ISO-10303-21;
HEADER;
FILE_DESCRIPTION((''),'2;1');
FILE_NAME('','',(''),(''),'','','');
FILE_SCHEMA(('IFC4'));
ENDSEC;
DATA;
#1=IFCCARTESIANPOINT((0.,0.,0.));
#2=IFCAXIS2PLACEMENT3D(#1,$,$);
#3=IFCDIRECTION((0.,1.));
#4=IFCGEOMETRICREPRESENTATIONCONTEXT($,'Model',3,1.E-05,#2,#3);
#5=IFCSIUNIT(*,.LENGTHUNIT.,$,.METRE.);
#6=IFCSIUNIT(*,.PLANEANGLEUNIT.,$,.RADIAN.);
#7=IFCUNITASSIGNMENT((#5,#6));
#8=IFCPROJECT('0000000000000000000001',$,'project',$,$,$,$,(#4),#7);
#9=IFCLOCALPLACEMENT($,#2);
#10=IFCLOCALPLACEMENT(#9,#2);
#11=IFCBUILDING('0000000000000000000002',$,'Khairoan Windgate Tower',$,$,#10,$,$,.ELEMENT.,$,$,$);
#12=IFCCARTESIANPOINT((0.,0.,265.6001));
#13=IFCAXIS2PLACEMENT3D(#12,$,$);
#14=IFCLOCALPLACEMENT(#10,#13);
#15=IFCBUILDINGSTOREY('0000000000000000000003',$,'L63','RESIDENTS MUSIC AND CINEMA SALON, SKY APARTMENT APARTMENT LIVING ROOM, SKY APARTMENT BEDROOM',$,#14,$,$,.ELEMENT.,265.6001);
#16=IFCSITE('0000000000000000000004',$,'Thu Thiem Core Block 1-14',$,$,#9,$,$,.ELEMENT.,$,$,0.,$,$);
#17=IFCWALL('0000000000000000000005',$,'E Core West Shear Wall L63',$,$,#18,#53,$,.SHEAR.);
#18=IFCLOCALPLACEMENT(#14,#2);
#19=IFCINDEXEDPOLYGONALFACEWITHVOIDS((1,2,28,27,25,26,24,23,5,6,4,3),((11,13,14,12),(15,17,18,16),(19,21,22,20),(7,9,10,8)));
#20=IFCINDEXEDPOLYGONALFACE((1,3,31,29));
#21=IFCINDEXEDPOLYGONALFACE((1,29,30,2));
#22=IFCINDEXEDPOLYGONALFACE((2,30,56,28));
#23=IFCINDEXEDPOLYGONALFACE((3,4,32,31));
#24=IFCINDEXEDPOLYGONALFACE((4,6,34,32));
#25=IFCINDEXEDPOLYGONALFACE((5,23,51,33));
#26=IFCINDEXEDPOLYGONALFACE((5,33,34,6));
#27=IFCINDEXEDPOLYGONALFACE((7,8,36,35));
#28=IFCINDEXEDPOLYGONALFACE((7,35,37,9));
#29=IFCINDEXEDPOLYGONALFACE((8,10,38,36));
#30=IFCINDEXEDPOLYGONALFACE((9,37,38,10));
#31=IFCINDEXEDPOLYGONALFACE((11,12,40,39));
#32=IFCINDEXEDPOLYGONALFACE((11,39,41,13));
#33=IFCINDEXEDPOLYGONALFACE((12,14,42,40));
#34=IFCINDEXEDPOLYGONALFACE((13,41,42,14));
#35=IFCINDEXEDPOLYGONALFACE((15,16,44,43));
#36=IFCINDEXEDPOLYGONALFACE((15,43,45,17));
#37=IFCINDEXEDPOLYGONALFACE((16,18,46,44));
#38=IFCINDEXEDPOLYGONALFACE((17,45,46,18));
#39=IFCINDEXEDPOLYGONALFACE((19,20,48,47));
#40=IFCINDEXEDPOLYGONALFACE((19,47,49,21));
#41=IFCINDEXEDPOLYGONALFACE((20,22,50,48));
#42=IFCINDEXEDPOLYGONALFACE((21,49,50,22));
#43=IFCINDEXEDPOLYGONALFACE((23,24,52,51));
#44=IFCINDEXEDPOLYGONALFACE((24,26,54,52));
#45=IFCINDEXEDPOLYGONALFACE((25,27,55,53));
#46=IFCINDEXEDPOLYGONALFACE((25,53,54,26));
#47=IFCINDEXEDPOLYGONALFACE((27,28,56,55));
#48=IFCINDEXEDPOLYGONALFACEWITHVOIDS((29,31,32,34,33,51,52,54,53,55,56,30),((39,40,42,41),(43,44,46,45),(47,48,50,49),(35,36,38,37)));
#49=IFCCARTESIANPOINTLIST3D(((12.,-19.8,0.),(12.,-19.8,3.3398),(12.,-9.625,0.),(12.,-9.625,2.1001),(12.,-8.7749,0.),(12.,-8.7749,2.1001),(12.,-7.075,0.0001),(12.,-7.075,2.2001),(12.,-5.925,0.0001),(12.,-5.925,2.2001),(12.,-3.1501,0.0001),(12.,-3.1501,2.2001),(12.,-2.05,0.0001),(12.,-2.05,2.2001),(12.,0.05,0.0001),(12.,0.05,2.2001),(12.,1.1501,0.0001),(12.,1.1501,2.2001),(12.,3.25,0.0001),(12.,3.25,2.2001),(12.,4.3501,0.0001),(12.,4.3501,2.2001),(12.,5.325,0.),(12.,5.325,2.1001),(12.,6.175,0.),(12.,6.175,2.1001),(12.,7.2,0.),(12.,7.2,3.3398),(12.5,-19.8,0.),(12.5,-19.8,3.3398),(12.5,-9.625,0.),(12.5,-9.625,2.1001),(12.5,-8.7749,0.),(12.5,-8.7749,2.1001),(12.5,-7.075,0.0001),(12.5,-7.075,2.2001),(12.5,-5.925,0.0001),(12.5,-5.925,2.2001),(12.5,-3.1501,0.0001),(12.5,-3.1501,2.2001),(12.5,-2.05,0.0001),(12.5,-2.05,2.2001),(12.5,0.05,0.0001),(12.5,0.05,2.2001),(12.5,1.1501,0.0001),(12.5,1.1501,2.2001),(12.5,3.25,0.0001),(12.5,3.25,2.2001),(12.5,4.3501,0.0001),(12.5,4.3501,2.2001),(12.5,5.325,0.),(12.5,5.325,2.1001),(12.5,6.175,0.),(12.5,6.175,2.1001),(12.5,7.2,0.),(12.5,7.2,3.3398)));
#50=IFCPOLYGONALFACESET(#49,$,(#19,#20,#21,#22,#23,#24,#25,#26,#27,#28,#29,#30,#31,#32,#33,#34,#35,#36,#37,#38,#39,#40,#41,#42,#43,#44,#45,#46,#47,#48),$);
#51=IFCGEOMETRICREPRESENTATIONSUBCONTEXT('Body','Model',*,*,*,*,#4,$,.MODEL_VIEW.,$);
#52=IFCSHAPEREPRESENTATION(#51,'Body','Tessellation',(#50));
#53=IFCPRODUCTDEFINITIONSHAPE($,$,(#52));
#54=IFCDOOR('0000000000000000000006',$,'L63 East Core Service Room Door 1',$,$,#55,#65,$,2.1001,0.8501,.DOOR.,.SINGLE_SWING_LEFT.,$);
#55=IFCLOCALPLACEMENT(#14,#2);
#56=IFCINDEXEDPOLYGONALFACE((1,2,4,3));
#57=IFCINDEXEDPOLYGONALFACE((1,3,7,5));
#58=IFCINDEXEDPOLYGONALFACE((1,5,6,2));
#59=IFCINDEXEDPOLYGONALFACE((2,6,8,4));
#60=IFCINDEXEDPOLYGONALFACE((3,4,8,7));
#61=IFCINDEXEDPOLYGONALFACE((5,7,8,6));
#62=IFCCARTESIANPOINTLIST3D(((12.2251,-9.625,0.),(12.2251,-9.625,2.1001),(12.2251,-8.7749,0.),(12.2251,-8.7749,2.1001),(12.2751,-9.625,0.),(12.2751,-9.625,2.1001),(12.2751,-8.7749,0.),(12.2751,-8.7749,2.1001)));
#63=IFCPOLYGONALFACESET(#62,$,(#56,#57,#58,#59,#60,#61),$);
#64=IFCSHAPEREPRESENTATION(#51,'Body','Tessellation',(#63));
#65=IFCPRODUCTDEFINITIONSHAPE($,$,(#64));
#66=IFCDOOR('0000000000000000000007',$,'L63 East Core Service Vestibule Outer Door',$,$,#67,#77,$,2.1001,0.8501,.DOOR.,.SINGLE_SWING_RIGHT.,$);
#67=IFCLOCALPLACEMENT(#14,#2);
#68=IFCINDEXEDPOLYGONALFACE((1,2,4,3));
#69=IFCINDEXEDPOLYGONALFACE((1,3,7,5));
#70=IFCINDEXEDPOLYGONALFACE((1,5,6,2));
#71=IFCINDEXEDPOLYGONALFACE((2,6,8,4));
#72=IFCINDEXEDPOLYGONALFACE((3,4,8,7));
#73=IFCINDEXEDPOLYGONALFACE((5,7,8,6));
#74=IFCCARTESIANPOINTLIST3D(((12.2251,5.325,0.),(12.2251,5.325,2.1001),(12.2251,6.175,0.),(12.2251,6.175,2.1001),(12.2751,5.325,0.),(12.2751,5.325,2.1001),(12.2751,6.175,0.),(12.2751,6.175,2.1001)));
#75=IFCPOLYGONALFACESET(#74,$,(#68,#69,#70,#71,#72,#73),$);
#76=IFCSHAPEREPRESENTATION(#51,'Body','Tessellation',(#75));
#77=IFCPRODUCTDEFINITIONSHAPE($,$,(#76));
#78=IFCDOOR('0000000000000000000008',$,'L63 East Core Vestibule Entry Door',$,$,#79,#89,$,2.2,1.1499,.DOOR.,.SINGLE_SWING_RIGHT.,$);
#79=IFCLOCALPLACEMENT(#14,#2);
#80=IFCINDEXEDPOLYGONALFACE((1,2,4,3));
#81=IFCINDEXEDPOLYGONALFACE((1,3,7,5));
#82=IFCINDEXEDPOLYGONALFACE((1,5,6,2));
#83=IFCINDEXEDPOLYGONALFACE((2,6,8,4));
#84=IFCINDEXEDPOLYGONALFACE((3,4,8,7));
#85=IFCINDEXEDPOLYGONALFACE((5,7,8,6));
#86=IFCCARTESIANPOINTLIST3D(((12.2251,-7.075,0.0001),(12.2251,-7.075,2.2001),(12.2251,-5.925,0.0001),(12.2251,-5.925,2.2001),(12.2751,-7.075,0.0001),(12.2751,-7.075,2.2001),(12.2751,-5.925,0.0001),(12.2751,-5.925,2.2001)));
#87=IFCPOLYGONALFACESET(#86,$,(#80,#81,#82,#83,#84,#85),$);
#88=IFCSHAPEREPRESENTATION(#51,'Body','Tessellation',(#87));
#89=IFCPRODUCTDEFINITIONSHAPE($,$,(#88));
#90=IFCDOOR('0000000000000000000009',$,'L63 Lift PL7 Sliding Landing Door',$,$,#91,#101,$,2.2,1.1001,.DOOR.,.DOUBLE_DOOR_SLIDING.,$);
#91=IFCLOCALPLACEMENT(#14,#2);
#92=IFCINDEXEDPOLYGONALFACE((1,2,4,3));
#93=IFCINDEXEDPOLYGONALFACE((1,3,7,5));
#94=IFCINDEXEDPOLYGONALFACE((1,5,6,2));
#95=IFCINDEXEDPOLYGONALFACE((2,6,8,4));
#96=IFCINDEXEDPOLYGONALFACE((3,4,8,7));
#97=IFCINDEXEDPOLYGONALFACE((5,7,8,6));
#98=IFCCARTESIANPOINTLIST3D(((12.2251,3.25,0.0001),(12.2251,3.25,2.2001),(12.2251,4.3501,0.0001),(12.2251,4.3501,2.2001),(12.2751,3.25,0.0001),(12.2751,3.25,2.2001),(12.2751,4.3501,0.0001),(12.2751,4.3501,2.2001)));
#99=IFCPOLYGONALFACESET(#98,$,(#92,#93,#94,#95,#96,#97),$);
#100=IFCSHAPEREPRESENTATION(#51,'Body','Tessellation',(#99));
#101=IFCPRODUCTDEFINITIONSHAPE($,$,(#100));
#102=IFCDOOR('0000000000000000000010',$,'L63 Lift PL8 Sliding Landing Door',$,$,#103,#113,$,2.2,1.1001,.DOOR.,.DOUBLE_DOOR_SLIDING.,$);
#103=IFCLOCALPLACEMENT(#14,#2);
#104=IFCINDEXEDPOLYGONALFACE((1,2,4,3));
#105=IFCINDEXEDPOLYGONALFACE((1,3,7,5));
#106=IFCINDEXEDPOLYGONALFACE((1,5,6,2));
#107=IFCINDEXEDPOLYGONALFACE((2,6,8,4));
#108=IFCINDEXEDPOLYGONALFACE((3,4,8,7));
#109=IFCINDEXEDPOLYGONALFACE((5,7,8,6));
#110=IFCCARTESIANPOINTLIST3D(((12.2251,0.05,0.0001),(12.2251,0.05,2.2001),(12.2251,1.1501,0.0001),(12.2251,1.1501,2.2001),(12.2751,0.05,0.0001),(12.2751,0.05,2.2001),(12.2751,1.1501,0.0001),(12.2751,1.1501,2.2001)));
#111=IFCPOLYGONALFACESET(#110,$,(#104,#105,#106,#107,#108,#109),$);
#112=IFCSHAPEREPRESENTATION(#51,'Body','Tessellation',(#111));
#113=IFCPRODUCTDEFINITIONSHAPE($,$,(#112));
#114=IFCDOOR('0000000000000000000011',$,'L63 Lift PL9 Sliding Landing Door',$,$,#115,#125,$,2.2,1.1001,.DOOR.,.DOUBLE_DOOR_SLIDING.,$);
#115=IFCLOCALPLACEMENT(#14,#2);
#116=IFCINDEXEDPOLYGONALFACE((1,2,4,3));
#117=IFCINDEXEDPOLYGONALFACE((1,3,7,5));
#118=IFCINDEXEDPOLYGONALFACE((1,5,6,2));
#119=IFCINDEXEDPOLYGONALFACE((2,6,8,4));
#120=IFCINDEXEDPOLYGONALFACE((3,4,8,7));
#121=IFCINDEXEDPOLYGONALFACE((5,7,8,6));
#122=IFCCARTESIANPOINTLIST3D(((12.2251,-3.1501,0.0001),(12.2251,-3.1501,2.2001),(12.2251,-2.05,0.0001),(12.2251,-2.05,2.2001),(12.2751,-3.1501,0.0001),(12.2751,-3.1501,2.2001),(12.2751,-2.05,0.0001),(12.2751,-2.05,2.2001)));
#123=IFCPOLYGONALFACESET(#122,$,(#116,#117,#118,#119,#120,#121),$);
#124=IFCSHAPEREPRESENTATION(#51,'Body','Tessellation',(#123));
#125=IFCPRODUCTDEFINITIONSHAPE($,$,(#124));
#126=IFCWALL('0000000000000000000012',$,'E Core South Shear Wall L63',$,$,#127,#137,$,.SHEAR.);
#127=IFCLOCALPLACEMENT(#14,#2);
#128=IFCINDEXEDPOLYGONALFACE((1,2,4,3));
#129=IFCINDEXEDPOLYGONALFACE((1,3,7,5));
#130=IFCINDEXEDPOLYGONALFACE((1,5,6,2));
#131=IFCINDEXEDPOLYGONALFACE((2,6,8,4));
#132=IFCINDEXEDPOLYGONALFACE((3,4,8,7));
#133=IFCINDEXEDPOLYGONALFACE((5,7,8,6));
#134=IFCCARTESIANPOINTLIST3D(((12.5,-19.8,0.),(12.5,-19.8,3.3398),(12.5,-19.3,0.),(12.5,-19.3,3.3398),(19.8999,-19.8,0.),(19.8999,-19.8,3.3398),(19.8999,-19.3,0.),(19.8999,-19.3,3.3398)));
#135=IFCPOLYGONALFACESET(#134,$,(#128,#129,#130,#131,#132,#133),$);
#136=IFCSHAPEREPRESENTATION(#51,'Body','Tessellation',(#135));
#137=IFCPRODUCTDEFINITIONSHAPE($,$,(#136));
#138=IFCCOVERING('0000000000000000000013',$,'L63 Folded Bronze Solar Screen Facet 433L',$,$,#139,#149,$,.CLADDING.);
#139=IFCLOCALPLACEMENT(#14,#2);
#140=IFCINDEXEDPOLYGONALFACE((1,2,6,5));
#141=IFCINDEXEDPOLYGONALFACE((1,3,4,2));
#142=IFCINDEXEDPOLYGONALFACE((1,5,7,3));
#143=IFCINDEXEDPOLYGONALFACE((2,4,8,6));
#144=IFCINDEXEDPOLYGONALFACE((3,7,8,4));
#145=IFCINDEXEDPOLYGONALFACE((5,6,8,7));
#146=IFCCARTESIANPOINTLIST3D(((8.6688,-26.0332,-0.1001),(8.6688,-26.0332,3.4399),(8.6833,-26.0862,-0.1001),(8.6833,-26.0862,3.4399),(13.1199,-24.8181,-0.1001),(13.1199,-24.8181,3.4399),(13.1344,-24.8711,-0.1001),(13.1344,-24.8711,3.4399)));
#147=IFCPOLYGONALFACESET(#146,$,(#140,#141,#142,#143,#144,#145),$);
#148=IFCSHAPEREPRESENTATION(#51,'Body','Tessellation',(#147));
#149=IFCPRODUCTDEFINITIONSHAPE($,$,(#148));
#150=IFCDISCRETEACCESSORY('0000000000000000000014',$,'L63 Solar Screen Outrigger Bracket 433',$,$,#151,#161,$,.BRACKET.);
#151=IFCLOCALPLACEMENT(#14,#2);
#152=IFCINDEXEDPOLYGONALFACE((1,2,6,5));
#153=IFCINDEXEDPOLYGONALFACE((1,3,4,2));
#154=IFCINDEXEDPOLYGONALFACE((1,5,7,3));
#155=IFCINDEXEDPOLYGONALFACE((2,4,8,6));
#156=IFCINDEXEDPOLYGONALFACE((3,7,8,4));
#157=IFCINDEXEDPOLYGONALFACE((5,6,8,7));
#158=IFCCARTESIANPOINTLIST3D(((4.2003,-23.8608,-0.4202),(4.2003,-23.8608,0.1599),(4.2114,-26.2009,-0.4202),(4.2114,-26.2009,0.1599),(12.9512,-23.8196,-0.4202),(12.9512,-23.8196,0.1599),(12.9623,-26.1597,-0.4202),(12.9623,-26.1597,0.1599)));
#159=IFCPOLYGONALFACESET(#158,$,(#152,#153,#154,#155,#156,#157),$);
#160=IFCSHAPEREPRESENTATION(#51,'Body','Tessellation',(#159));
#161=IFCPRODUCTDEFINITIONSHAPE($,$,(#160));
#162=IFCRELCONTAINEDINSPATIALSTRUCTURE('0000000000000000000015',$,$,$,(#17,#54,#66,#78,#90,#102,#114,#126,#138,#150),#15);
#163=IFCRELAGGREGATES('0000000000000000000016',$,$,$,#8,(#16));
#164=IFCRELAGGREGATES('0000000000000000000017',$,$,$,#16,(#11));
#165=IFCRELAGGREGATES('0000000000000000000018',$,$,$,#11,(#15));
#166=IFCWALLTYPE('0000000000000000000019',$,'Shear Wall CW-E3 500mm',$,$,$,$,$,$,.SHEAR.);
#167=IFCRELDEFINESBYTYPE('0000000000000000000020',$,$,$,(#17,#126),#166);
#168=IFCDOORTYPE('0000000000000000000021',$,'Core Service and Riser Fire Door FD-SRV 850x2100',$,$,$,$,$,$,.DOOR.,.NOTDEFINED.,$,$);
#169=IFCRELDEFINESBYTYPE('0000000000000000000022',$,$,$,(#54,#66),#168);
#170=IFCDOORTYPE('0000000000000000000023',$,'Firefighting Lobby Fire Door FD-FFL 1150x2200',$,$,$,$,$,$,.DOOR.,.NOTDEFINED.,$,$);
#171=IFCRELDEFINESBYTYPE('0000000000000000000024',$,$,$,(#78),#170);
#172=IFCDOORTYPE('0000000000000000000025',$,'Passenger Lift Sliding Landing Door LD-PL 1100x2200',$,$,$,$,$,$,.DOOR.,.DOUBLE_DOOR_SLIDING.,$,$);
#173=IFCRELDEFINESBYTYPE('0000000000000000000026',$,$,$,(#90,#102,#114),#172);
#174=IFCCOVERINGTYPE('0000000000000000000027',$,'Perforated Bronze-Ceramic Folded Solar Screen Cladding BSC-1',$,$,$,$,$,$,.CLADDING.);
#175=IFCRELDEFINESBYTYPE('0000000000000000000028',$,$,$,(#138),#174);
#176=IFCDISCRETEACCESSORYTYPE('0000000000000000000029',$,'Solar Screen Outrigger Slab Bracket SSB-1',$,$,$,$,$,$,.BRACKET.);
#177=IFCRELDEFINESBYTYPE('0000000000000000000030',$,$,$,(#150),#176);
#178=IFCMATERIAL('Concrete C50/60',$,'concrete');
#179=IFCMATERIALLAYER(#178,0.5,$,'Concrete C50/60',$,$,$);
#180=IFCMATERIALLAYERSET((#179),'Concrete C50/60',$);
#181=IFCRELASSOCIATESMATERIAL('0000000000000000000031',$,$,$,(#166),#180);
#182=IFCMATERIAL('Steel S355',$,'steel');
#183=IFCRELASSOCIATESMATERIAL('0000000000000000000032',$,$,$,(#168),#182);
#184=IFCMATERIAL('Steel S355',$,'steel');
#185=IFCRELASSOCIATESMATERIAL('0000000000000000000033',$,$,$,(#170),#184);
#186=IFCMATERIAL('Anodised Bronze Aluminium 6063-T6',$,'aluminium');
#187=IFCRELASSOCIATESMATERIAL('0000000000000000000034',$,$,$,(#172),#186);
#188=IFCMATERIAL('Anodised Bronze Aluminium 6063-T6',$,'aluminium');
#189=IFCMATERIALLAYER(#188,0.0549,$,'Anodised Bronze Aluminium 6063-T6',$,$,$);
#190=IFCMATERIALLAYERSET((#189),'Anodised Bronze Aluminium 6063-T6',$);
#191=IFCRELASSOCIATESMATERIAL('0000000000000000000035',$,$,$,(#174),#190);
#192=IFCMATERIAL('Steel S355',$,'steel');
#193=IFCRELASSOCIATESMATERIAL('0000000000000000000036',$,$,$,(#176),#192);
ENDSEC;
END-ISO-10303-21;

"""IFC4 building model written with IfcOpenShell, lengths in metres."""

from ifc_helpers import new_model, si_unit, direction, frame, frame_2d, origin, origin_2d, place, context, subcontext, project, spatial, rectangle, extrude, material, layer, layer_set, type_object, element, fill, save


model = new_model("IFC4")

# Units and contexts
model_context = context("Model", 3, precision=1e-05, world=origin(), true_north=direction((0.0, 1.0)))
body_context = subcontext(model_context, "Body", "Model", "MODEL_VIEW")
ifc_project = project(units=[si_unit("LENGTHUNIT", "METRE"), si_unit("PLANEANGLEUNIT", "RADIAN")], contexts=[model_context])

# Site, building, storey
site_placement = place(None, origin())
site = spatial("IfcSite", under=ifc_project, at=site_placement, Name="Thu Thiem Core Block 1-14", CompositionType="ELEMENT", RefElevation=0.0)
building_placement = place(site_placement, origin())
building = spatial("IfcBuilding", under=site, at=building_placement, Name="Khairoan Windgate Tower", CompositionType="ELEMENT")
storey_placement = place(building_placement, frame((0.0, 0.0, 265.6001)))
storey = spatial("IfcBuildingStorey", under=building, at=storey_placement, Name="L63", Description="RESIDENTS MUSIC AND CINEMA SALON, SKY APARTMENT APARTMENT LIVING ROOM, SKY APARTMENT BEDROOM", CompositionType="ELEMENT", Elevation=265.6001)

# Wall, openings, doors
ifc_material_1 = material(Name="Concrete C50/60", Category="concrete")
ifc_layer_1 = layer(ifc_material_1, 0.5, Name="Concrete C50/60")
ifc_layer_set_1 = layer_set([ifc_layer_1], Name="Concrete C50/60")
wall_type_1 = type_object("IfcWallType", Name="Shear Wall CW-E3 500mm", PredefinedType="SHEAR", material=ifc_layer_set_1)
wall_1_placement = place(storey_placement, frame((12.25, -19.8, 0.0), z_axis=(0.0, 0.0, 1.0), x_axis=(0.0, 1.0, 0.0)))
wall_1 = element("IfcWall", 1, at=wall_1_placement, inside=storey, type_object=wall_type_1, Name="E Core West Shear Wall L63", PredefinedType="SHEAR", context=body_context, shape_type="SweptSolid", body=[
    extrude(rectangle(XDim=27.0, YDim=0.5, at=frame_2d((13.5, 0.0))), origin(), (0.0, 0.0, 1.0), 3.3398),
])
opening_1_placement = place(wall_1_placement, frame((23.05, 0.0, 0.0)))
opening_1 = element("IfcOpeningElement", 2, at=opening_1_placement, cuts=wall_1, PredefinedType="OPENING", context=body_context, shape_type="SweptSolid", body=[
    extrude(rectangle(XDim=1.1001, YDim=2.2, at=frame_2d((0.55, 1.1001))), frame((0.0, 0.26, 0.0), z_axis=(0.0, -1.0, 0.0), x_axis=(1.0, 0.0, 0.0)), (0.0, 0.0, 1.0), 0.52),
])
opening_2_placement = place(wall_1_placement, frame((19.8501, 0.0, 0.0)))
opening_2 = element("IfcOpeningElement", 3, at=opening_2_placement, cuts=wall_1, PredefinedType="OPENING", context=body_context, shape_type="SweptSolid", body=[
    extrude(rectangle(XDim=1.1001, YDim=2.2, at=frame_2d((0.55, 1.1001))), frame((0.0, 0.26, 0.0), z_axis=(0.0, -1.0, 0.0), x_axis=(1.0, 0.0, 0.0)), (0.0, 0.0, 1.0), 0.52),
])
opening_3_placement = place(wall_1_placement, frame((16.6499, 0.0, 0.0)))
opening_3 = element("IfcOpeningElement", 4, at=opening_3_placement, cuts=wall_1, PredefinedType="OPENING", context=body_context, shape_type="SweptSolid", body=[
    extrude(rectangle(XDim=1.1001, YDim=2.2, at=frame_2d((0.55, 1.1001))), frame((0.0, 0.26, 0.0), z_axis=(0.0, -1.0, 0.0), x_axis=(1.0, 0.0, 0.0)), (0.0, 0.0, 1.0), 0.52),
])
opening_4_placement = place(wall_1_placement, frame((10.175, 0.0, 0.0)))
opening_4 = element("IfcOpeningElement", 5, at=opening_4_placement, cuts=wall_1, PredefinedType="OPENING", context=body_context, shape_type="SweptSolid", body=[
    extrude(rectangle(XDim=0.8501, YDim=2.1001, at=frame_2d((0.425, 1.05))), frame((0.0, 0.26, 0.0), z_axis=(0.0, -1.0, 0.0), x_axis=(1.0, 0.0, 0.0)), (0.0, 0.0, 1.0), 0.52),
])
opening_5_placement = place(wall_1_placement, frame((12.7251, 0.0, 0.0)))
opening_5 = element("IfcOpeningElement", 6, at=opening_5_placement, cuts=wall_1, PredefinedType="OPENING", context=body_context, shape_type="SweptSolid", body=[
    extrude(rectangle(XDim=1.1499, YDim=2.2, at=frame_2d((0.575, 1.1001))), frame((0.0, 0.26, 0.0), z_axis=(0.0, -1.0, 0.0), x_axis=(1.0, 0.0, 0.0)), (0.0, 0.0, 1.0), 0.52),
])
opening_6_placement = place(wall_1_placement, frame((25.125, 0.0, 0.0)))
opening_6 = element("IfcOpeningElement", 7, at=opening_6_placement, cuts=wall_1, PredefinedType="OPENING", context=body_context, shape_type="SweptSolid", body=[
    extrude(rectangle(XDim=0.8501, YDim=2.1001, at=frame_2d((0.425, 1.05))), frame((0.0, 0.26, 0.0), z_axis=(0.0, -1.0, 0.0), x_axis=(1.0, 0.0, 0.0)), (0.0, 0.0, 1.0), 0.52),
])
ifc_material_2 = material(Name="Steel S355", Category="steel")
door_type_1 = type_object("IfcDoorType", Name="Core Service and Riser Fire Door FD-SRV 850x2100", OperationType="NOTDEFINED", PredefinedType="DOOR", material=ifc_material_2)
door_1_placement = place(opening_4_placement, origin())
door_1 = element("IfcDoor", 8, at=door_1_placement, inside=storey, type_object=door_type_1, Name="L63 East Core Service Room Door 1", OperationType="SINGLE_SWING_LEFT", OverallHeight=2.1001, OverallWidth=0.8501, PredefinedType="DOOR", context=body_context, shape_type="SweptSolid", body=[
    extrude(rectangle(XDim=0.8501, YDim=2.1001, at=frame_2d((0.425, 1.05))), frame((0.0, 0.0249, 0.0), z_axis=(0.0, -1.0, 0.0), x_axis=(1.0, 0.0, 0.0)), (0.0, 0.0, 1.0), 0.05),
])
fill(opening_4, door_1)
door_2_placement = place(opening_6_placement, origin())
door_2 = element("IfcDoor", 9, at=door_2_placement, inside=storey, type_object=door_type_1, Name="L63 East Core Service Vestibule Outer Door", OperationType="SINGLE_SWING_RIGHT", OverallHeight=2.1001, OverallWidth=0.8501, PredefinedType="DOOR", context=body_context, shape_type="SweptSolid", body=[
    extrude(rectangle(XDim=0.8501, YDim=2.1001, at=frame_2d((0.425, 1.05))), frame((0.0, 0.0249, 0.0), z_axis=(0.0, -1.0, 0.0), x_axis=(1.0, 0.0, 0.0)), (0.0, 0.0, 1.0), 0.05),
])
fill(opening_6, door_2)
ifc_material_3 = material(Name="Steel S355", Category="steel")
door_type_2 = type_object("IfcDoorType", Name="Firefighting Lobby Fire Door FD-FFL 1150x2200", OperationType="NOTDEFINED", PredefinedType="DOOR", material=ifc_material_3)
door_3_placement = place(opening_5_placement, origin())
door_3 = element("IfcDoor", 10, at=door_3_placement, inside=storey, type_object=door_type_2, Name="L63 East Core Vestibule Entry Door", OperationType="SINGLE_SWING_RIGHT", OverallHeight=2.2, OverallWidth=1.1499, PredefinedType="DOOR", context=body_context, shape_type="SweptSolid", body=[
    extrude(rectangle(XDim=1.1499, YDim=2.2, at=frame_2d((0.575, 1.1001))), frame((0.0, 0.0249, 0.0), z_axis=(0.0, -1.0, 0.0), x_axis=(1.0, 0.0, 0.0)), (0.0, 0.0, 1.0), 0.05),
])
fill(opening_5, door_3)
ifc_material_4 = material(Name="Anodised Bronze Aluminium 6063-T6", Category="aluminium")
door_type_3 = type_object("IfcDoorType", Name="Passenger Lift Sliding Landing Door LD-PL 1100x2200", OperationType="DOUBLE_DOOR_SLIDING", PredefinedType="DOOR", material=ifc_material_4)
door_4_placement = place(opening_1_placement, origin())
door_4 = element("IfcDoor", 11, at=door_4_placement, inside=storey, type_object=door_type_3, Name="L63 Lift PL7 Sliding Landing Door", OperationType="DOUBLE_DOOR_SLIDING", OverallHeight=2.2, OverallWidth=1.1001, PredefinedType="DOOR", context=body_context, shape_type="SweptSolid", body=[
    extrude(rectangle(XDim=1.1001, YDim=2.2, at=frame_2d((0.55, 1.1001))), frame((0.0, 0.0249, 0.0), z_axis=(0.0, -1.0, 0.0), x_axis=(1.0, 0.0, 0.0)), (0.0, 0.0, 1.0), 0.05),
])
fill(opening_1, door_4)
door_5_placement = place(opening_2_placement, origin())
door_5 = element("IfcDoor", 12, at=door_5_placement, inside=storey, type_object=door_type_3, Name="L63 Lift PL8 Sliding Landing Door", OperationType="DOUBLE_DOOR_SLIDING", OverallHeight=2.2, OverallWidth=1.1001, PredefinedType="DOOR", context=body_context, shape_type="SweptSolid", body=[
    extrude(rectangle(XDim=1.1001, YDim=2.2, at=frame_2d((0.55, 1.1001))), frame((0.0, 0.0249, 0.0), z_axis=(0.0, -1.0, 0.0), x_axis=(1.0, 0.0, 0.0)), (0.0, 0.0, 1.0), 0.05),
])
fill(opening_2, door_5)
door_6_placement = place(opening_3_placement, origin())
door_6 = element("IfcDoor", 13, at=door_6_placement, inside=storey, type_object=door_type_3, Name="L63 Lift PL9 Sliding Landing Door", OperationType="DOUBLE_DOOR_SLIDING", OverallHeight=2.2, OverallWidth=1.1001, PredefinedType="DOOR", context=body_context, shape_type="SweptSolid", body=[
    extrude(rectangle(XDim=1.1001, YDim=2.2, at=frame_2d((0.55, 1.1001))), frame((0.0, 0.0249, 0.0), z_axis=(0.0, -1.0, 0.0), x_axis=(1.0, 0.0, 0.0)), (0.0, 0.0, 1.0), 0.05),
])
fill(opening_3, door_6)

# Wall
wall_2_placement = place(storey_placement, frame((12.5, -19.55, 0.0), z_axis=(0.0, 0.0, 1.0), x_axis=(1.0, 0.0, 0.0)))
element("IfcWall", 14, at=wall_2_placement, inside=storey, type_object=wall_type_1, Name="E Core South Shear Wall L63", PredefinedType="SHEAR", context=body_context, shape_type="SweptSolid", body=[
    extrude(rectangle(XDim=7.3999, YDim=0.5, at=frame_2d((3.7, 0.0))), origin(), (0.0, 0.0, 1.0), 3.3398),
])

# Covering
ifc_material_5 = material(Name="Anodised Bronze Aluminium 6063-T6", Category="aluminium")
ifc_layer_2 = layer(ifc_material_5, 0.0549, Name="Anodised Bronze Aluminium 6063-T6")
ifc_layer_set_2 = layer_set([ifc_layer_2], Name="Anodised Bronze Aluminium 6063-T6")
covering_type = type_object("IfcCoveringType", Name="Perforated Bronze-Ceramic Folded Solar Screen Cladding BSC-1", PredefinedType="CLADDING", material=ifc_layer_set_2)
covering_placement = place(storey_placement, frame((10.9016, -25.4521, -0.1001), z_axis=(0.0, 0.0, 1.0), x_axis=(-0.964695, -0.263368, 0.0)))
element("IfcCovering", 15, at=covering_placement, inside=storey, type_object=covering_type, Name="L63 Folded Bronze Solar Screen Facet 433L", PredefinedType="CLADDING", context=body_context, shape_type="SweptSolid", body=[
    extrude(rectangle(XDim=4.614, YDim=0.0549, at=origin_2d()), origin(), (0.0, 0.0, 1.0), 3.54),
])

# Discrete accessory
ifc_material_6 = material(Name="Steel S355", Category="steel")
discrete_accessory_type = type_object("IfcDiscreteAccessoryType", Name="Solar Screen Outrigger Slab Bracket SSB-1", PredefinedType="BRACKET", material=ifc_material_6)
discrete_accessory_placement = place(storey_placement, frame((8.5813, -25.0103, -0.4202), z_axis=(0.0, 0.0, 1.0), x_axis=(-0.999989, -0.004712, 0.0)))
element("IfcDiscreteAccessory", 16, at=discrete_accessory_placement, inside=storey, type_object=discrete_accessory_type, Name="L63 Solar Screen Outrigger Bracket 433", PredefinedType="BRACKET", context=body_context, shape_type="SweptSolid", body=[
    extrude(rectangle(XDim=8.751, YDim=2.3401, at=origin_2d()), origin(), (0.0, 0.0, 1.0), 0.5801),
])

save(model, "model.ifc")
